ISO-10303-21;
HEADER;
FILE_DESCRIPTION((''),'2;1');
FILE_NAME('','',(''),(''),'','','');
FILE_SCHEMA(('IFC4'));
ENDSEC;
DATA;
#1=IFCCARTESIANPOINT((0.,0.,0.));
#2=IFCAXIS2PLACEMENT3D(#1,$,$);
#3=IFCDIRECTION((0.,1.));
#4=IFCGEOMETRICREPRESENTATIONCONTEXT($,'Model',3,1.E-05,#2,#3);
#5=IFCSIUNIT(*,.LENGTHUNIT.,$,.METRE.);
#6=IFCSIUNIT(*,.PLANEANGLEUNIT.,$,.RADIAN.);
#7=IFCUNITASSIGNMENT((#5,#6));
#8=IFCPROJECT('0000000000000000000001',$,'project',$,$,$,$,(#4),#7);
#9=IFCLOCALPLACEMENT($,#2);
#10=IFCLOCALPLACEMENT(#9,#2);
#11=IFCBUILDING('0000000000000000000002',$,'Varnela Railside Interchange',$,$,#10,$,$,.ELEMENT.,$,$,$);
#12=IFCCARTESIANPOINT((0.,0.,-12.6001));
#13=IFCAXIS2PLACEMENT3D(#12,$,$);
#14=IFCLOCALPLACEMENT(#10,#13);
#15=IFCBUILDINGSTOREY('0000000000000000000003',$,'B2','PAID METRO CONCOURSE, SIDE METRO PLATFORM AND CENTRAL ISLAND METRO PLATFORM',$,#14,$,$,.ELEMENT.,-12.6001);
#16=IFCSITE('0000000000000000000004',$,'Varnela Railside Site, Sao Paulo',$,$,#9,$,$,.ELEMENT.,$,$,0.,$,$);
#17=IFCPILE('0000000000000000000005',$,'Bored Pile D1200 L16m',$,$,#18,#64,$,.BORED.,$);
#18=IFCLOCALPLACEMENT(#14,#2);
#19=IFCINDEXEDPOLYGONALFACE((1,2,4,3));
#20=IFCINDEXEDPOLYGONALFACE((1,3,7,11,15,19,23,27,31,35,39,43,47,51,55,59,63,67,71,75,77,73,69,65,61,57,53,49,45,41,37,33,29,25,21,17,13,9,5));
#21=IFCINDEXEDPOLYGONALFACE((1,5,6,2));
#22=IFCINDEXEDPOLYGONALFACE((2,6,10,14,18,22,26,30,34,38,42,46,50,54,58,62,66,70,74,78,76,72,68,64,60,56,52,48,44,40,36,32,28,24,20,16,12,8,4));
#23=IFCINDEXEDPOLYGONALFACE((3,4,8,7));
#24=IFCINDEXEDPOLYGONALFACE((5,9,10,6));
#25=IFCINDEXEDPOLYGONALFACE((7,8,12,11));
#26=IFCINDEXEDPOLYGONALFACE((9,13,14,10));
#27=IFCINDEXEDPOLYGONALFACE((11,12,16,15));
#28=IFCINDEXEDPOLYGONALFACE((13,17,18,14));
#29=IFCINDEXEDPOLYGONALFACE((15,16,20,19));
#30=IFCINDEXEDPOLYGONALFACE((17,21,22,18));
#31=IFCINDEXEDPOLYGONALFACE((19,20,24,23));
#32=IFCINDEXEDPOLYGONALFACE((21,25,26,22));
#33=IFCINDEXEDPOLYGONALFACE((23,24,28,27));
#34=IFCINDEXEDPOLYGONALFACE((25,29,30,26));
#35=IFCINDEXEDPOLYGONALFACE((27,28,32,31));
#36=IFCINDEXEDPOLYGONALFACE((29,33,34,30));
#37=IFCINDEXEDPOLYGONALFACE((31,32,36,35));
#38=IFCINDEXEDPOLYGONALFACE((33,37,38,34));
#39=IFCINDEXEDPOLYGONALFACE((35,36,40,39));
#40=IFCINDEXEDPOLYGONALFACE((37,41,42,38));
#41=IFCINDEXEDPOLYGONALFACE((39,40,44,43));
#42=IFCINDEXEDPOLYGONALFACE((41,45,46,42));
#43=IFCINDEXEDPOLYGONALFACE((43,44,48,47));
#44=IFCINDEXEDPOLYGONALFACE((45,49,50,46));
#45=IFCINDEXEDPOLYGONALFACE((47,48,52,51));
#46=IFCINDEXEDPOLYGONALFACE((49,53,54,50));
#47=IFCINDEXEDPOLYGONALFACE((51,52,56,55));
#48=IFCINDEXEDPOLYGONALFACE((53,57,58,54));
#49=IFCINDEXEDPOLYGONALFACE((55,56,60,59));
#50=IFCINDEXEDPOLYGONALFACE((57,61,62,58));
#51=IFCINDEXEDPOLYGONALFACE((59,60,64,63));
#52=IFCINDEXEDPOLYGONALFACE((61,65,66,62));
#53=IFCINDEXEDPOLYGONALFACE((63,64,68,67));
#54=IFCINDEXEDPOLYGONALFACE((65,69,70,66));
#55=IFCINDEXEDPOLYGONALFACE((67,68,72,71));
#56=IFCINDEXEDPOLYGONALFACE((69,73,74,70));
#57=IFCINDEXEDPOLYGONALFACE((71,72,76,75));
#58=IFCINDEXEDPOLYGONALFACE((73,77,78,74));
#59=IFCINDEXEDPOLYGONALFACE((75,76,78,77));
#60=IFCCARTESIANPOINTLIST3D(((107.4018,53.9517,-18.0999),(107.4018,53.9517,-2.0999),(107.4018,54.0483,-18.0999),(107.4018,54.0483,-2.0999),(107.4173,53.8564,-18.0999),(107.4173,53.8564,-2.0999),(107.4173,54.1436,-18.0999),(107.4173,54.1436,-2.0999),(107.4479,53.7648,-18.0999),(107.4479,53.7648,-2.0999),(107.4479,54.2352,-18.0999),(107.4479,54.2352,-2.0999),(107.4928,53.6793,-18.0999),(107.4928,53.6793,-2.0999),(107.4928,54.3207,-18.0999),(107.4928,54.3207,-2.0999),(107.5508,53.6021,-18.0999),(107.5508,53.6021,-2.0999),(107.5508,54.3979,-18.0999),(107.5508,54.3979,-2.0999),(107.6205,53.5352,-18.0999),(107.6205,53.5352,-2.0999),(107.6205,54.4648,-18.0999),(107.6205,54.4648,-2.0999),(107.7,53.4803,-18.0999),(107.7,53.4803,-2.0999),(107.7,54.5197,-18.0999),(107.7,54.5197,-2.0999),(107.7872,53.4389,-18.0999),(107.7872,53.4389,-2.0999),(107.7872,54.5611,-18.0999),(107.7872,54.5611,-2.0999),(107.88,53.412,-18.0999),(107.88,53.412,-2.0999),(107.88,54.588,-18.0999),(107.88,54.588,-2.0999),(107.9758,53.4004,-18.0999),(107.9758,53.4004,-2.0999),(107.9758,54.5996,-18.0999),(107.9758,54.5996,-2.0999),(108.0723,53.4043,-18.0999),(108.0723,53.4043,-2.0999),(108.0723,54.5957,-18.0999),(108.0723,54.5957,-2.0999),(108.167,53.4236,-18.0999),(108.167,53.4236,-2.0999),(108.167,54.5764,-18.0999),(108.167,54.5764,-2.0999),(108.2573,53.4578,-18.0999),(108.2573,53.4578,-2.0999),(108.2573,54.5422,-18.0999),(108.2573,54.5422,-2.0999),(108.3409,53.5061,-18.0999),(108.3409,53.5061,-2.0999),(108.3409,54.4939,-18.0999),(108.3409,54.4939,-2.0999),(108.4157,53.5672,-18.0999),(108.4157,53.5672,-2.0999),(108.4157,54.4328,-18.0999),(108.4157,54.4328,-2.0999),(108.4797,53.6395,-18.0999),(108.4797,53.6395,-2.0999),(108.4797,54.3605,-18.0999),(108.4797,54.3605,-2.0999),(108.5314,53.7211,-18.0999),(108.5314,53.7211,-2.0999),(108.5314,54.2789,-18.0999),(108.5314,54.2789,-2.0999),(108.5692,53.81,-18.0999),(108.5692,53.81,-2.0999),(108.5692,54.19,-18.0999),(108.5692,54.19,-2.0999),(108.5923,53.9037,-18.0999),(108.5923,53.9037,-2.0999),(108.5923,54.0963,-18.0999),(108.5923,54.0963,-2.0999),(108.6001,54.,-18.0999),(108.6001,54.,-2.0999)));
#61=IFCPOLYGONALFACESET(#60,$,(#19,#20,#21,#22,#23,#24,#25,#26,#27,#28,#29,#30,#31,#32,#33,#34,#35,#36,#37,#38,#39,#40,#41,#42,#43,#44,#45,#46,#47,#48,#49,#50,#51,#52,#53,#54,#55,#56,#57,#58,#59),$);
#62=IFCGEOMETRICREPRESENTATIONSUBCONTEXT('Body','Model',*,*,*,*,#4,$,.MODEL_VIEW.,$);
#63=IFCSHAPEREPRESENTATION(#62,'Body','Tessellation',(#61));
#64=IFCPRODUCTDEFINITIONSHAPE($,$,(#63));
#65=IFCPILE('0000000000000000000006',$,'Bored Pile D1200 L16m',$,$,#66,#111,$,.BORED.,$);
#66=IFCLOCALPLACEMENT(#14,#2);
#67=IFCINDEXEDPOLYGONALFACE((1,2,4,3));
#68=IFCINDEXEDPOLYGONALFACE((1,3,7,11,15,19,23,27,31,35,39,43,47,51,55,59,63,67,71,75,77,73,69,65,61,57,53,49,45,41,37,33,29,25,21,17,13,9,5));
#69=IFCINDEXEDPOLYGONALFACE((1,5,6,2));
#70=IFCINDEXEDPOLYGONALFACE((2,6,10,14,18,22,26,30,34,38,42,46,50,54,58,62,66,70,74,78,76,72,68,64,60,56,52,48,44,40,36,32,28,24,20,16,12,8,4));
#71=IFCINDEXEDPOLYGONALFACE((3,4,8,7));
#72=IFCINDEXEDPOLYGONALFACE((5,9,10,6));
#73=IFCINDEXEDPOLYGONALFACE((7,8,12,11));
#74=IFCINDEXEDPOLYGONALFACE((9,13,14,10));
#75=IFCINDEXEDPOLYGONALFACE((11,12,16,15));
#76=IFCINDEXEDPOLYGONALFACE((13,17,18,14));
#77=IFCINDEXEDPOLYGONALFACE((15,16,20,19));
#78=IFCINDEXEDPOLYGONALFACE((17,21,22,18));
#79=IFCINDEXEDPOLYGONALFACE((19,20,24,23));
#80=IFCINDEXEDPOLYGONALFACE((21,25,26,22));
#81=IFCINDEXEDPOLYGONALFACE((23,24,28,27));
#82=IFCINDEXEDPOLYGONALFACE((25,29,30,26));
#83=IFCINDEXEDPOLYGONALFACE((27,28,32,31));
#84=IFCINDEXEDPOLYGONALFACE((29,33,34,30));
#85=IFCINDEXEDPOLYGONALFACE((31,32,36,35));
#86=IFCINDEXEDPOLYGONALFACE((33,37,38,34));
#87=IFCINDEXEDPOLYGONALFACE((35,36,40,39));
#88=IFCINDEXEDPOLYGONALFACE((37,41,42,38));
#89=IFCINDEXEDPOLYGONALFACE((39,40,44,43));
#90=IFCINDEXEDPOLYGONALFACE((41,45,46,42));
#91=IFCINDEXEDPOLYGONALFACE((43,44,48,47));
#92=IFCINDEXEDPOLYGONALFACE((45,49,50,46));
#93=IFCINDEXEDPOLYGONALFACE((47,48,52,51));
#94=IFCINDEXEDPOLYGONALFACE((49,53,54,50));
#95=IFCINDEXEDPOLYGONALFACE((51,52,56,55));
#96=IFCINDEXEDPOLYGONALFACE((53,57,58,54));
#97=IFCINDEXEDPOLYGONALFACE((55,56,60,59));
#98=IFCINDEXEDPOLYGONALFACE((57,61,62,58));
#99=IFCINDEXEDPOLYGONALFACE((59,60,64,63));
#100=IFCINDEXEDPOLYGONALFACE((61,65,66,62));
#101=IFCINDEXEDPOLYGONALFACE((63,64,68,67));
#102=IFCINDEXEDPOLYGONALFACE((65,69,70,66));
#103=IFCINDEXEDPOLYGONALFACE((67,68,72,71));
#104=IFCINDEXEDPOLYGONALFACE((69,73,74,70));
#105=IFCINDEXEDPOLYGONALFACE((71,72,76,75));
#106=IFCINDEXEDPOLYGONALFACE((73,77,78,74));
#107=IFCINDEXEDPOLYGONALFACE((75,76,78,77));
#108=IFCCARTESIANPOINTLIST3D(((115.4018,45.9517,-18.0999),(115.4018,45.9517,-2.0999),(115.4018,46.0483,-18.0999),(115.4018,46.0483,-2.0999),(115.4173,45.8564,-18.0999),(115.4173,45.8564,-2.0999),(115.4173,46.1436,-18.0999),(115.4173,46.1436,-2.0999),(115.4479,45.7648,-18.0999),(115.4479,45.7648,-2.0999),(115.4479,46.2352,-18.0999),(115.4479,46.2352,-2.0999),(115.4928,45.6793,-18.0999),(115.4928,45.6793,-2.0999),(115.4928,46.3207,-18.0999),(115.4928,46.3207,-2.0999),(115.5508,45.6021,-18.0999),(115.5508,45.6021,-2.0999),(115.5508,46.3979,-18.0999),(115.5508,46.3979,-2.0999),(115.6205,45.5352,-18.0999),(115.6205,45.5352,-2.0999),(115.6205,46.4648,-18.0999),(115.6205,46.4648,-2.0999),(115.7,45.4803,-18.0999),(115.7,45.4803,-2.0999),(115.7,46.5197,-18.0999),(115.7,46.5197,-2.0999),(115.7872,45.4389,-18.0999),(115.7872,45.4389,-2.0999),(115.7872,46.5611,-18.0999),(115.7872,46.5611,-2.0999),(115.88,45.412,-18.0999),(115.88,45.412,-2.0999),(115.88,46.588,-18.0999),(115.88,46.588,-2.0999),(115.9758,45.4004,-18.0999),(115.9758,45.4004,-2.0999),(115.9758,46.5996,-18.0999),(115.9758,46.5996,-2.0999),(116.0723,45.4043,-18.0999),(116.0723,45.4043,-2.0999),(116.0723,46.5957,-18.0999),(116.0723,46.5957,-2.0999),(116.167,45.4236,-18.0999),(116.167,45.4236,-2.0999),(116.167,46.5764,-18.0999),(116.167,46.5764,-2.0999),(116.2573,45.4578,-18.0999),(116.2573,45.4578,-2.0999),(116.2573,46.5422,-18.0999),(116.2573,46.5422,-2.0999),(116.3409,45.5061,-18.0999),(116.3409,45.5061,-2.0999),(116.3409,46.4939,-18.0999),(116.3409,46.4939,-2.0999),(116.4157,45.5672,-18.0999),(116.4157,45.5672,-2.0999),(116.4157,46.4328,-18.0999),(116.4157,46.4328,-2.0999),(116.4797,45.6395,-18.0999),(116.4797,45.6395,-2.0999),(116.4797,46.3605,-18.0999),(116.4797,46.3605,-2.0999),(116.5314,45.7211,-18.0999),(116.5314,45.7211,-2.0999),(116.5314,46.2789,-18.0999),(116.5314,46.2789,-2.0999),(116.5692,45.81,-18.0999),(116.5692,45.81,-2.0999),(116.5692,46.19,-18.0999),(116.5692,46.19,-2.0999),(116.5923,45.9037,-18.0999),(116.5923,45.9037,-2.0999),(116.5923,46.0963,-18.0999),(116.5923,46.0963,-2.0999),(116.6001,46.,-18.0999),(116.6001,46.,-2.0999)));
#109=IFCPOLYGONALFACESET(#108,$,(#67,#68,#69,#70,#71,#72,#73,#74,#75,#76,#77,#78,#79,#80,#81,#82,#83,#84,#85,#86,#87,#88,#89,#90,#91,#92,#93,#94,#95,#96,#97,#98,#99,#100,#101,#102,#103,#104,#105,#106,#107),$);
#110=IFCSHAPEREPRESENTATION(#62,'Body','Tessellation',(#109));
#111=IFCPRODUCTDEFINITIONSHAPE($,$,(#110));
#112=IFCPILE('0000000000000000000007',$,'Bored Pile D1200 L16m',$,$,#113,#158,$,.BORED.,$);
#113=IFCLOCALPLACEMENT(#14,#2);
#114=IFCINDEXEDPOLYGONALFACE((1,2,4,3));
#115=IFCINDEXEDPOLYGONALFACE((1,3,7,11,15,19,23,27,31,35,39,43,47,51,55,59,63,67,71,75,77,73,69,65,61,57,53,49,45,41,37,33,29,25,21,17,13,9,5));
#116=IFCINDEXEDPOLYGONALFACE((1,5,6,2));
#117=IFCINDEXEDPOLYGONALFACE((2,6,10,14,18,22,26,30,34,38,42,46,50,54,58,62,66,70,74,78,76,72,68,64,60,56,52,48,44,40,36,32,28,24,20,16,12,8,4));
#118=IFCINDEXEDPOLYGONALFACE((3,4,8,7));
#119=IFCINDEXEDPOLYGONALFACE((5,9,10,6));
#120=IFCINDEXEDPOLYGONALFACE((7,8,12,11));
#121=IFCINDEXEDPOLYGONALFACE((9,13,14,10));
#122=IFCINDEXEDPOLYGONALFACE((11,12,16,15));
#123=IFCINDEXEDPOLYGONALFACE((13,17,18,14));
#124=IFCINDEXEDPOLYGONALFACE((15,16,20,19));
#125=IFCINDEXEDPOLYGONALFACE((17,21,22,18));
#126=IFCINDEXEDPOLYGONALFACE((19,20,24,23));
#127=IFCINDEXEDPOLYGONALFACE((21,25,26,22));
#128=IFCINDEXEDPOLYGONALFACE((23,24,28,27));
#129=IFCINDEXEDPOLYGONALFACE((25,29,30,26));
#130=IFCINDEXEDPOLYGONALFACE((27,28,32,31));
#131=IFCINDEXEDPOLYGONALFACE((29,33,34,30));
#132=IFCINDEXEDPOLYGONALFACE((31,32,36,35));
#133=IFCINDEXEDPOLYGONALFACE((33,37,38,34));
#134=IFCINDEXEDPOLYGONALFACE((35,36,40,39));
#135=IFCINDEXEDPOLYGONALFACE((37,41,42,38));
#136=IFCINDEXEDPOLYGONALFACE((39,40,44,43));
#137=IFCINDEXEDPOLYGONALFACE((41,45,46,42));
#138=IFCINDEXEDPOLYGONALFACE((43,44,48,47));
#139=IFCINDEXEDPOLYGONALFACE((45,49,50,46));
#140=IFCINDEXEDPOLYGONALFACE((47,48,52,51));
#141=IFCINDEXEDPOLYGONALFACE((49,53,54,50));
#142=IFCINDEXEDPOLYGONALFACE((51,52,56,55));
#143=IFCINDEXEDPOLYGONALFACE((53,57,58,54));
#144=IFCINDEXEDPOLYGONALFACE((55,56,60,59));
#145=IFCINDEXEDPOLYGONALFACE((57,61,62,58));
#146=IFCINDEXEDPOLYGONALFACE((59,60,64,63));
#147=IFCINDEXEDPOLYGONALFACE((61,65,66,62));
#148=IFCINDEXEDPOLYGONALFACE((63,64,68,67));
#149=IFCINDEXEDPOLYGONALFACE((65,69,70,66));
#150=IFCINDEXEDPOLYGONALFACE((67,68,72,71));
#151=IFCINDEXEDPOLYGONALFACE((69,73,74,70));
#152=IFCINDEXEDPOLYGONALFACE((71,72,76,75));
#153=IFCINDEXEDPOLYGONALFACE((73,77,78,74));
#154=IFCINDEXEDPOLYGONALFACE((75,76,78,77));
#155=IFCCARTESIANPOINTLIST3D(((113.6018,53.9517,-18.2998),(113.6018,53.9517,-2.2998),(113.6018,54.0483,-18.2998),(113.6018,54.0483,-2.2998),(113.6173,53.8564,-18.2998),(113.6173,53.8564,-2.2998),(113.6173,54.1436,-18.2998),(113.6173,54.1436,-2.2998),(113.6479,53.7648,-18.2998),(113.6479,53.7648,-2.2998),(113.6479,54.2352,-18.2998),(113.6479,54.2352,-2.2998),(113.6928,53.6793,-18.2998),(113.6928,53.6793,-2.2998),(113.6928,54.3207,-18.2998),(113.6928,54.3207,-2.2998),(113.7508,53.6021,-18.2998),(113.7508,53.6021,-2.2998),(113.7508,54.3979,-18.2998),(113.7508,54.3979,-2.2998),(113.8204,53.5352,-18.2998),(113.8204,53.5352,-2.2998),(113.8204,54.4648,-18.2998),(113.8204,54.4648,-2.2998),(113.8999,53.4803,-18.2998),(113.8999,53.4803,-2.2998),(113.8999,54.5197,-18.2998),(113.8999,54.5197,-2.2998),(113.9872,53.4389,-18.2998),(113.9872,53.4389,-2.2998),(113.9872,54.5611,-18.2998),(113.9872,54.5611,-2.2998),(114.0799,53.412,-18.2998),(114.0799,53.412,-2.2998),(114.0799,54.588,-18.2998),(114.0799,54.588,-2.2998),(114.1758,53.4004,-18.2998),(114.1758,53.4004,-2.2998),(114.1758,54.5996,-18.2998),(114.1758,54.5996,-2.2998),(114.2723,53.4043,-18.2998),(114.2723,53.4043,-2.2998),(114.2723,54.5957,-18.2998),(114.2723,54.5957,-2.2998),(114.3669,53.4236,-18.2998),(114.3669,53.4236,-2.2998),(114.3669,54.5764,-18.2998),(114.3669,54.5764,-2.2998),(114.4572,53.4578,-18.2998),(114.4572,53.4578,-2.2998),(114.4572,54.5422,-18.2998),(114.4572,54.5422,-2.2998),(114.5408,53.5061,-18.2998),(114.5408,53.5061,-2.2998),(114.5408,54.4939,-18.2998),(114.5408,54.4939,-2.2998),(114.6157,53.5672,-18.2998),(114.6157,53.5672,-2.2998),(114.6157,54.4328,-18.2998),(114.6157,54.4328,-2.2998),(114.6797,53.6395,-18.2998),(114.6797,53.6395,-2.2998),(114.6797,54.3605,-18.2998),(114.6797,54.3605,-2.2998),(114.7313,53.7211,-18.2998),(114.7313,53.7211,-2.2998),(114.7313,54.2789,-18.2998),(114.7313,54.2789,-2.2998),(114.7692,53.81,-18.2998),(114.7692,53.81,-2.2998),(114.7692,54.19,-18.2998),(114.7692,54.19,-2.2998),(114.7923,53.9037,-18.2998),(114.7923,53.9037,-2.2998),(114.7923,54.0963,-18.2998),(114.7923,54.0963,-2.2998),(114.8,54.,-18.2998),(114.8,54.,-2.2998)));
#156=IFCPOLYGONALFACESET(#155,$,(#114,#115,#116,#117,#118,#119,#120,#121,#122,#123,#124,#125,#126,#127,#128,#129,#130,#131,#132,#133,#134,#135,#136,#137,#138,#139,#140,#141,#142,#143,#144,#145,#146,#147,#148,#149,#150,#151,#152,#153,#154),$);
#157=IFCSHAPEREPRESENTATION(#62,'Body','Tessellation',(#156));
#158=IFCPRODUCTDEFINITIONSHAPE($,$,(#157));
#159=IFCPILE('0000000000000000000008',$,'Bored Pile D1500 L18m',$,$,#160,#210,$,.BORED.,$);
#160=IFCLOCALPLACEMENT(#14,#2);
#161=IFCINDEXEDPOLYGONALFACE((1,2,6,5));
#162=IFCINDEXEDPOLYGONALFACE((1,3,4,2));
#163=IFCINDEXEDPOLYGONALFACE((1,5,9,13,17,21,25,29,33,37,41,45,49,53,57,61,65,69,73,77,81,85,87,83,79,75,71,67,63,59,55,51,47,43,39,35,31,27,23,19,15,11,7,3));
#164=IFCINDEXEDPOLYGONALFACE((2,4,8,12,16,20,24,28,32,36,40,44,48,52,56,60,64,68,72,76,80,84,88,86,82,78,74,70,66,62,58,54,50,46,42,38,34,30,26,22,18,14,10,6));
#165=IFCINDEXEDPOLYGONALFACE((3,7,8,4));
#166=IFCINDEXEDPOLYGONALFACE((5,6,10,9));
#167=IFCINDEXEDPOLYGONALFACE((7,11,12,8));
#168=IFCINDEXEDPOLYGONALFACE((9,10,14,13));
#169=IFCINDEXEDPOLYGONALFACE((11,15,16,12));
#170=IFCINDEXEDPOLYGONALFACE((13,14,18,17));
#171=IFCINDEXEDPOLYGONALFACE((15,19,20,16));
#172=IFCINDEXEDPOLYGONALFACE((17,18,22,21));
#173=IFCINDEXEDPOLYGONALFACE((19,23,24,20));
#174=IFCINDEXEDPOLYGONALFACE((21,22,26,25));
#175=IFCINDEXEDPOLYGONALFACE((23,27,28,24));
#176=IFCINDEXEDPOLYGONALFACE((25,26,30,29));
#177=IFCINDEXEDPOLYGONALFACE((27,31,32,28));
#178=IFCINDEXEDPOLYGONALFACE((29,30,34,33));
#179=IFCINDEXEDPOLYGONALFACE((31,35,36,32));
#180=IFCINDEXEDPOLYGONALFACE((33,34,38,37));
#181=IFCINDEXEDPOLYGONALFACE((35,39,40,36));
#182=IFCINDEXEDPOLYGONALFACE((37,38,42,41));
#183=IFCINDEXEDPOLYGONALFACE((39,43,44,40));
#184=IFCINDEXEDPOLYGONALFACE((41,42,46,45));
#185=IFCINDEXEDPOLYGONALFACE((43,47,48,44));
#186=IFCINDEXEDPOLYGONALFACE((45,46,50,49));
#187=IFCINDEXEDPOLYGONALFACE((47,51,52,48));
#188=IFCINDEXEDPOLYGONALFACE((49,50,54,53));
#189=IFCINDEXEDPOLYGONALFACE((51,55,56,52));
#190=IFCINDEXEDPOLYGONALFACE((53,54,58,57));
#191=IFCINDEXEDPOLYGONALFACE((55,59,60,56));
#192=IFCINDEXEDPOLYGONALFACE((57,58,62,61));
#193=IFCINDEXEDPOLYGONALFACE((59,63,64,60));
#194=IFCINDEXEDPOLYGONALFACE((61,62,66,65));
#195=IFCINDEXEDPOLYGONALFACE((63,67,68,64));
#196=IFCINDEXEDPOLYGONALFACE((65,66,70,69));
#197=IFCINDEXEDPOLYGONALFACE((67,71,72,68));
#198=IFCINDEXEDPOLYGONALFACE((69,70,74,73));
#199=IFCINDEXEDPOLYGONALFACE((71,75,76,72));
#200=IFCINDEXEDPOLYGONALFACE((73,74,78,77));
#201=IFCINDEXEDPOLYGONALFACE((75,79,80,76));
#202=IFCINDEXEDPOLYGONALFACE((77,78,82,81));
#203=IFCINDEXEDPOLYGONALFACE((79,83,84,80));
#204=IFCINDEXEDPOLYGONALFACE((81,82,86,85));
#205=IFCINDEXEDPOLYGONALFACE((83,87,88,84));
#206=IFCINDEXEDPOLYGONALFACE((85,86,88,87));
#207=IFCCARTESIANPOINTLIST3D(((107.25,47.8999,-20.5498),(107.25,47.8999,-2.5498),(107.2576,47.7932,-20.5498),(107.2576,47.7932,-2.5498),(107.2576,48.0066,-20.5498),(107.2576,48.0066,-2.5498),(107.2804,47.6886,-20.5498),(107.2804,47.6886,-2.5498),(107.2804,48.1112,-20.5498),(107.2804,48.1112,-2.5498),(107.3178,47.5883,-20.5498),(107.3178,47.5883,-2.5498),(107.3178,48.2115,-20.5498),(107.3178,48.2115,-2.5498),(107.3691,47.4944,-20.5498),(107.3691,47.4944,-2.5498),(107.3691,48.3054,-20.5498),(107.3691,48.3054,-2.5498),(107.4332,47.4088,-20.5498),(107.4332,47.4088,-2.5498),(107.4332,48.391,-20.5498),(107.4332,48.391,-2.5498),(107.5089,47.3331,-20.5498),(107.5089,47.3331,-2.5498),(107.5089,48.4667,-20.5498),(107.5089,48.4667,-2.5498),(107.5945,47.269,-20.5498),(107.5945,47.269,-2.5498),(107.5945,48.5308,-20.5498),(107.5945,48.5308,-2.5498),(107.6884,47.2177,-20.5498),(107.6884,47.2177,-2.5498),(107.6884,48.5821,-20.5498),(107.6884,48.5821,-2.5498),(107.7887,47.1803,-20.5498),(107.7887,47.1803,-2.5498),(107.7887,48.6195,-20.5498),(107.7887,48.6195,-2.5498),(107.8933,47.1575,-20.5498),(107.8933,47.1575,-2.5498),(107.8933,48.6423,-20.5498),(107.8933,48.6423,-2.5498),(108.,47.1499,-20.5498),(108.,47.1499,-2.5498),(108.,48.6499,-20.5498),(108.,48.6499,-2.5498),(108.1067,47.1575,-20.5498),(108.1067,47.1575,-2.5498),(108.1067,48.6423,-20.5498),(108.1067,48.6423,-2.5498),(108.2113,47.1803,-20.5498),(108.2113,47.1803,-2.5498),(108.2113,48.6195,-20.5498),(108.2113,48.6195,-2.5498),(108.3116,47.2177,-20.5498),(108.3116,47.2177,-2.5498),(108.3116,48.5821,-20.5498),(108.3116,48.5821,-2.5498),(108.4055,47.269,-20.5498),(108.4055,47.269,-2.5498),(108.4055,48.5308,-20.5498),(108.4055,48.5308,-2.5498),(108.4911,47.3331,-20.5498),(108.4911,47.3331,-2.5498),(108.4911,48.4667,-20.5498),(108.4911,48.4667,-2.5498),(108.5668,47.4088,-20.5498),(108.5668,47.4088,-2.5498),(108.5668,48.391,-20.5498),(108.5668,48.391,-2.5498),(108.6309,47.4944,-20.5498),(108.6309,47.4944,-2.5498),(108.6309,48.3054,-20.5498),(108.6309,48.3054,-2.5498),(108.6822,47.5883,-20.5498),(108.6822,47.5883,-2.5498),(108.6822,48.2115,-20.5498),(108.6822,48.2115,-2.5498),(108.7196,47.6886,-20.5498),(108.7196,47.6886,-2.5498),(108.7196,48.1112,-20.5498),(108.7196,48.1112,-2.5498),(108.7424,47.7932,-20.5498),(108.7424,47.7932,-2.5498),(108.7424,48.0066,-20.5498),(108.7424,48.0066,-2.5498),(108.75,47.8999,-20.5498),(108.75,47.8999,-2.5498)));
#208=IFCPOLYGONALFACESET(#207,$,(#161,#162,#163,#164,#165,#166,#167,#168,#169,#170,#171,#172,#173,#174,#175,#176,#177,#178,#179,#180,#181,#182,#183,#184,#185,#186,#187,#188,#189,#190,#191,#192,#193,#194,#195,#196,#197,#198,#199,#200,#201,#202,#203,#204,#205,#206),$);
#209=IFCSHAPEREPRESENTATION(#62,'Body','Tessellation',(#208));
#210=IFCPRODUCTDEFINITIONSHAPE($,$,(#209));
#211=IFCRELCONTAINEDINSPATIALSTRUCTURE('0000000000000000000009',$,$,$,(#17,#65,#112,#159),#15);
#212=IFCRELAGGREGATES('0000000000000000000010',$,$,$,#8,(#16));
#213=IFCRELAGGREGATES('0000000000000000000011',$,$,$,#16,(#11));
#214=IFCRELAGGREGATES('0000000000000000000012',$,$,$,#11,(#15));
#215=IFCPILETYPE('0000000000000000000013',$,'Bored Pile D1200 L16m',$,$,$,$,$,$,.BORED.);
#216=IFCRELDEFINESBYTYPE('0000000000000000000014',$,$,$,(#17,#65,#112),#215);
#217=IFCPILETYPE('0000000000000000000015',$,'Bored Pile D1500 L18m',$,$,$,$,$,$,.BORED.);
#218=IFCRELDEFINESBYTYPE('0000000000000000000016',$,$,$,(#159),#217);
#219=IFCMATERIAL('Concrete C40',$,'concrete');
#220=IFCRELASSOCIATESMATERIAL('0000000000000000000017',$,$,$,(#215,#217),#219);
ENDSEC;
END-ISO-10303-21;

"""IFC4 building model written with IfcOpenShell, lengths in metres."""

from ifc_helpers import new_model, si_unit, direction, frame, origin, origin_2d, place, context, subcontext, project, spatial, circle, extrude, material, material_profile, profile_set, type_object, element, save


model = new_model("IFC4")

# Units and contexts
model_context = context("Model", 3, precision=1e-05, world=origin(), true_north=direction((0.0, 1.0)))
body_context = subcontext(model_context, "Body", "Model", "MODEL_VIEW")
ifc_project = project(units=[si_unit("LENGTHUNIT", "METRE"), si_unit("PLANEANGLEUNIT", "RADIAN")], contexts=[model_context])

# Site, building, storey
site_placement = place(None, origin())
site = spatial("IfcSite", under=ifc_project, at=site_placement, Name="Varnela Railside Site, Sao Paulo", CompositionType="ELEMENT", RefElevation=0.0)
building_placement = place(site_placement, origin())
building = spatial("IfcBuilding", under=site, at=building_placement, Name="Varnela Railside Interchange", CompositionType="ELEMENT")
storey_placement = place(building_placement, frame((0.0, 0.0, -12.6001)))
storey = spatial("IfcBuildingStorey", under=building, at=storey_placement, Name="B2", Description="PAID METRO CONCOURSE, SIDE METRO PLATFORM AND CENTRAL ISLAND METRO PLATFORM", CompositionType="ELEMENT", Elevation=-12.6001)

# Piles
ifc_material_1 = material(Name="Concrete C40", Category="concrete")
ifc_material_profile_1 = material_profile(ifc_material_1, circle(Radius=0.6001, at=origin_2d()), Name="BORED PILE D1200")
ifc_profile_set_1 = profile_set([ifc_material_profile_1], Name="Concrete C40")
pile_type_1 = type_object("IfcPileType", Name="Bored Pile D1200 L16m", PredefinedType="BORED", material=ifc_profile_set_1)
for number, where, z_axis, x_axis, name in (
    (1, (108.0, 54.0, -2.0999), (0.0, 0.0, -1.0), (1.0, 0.0, 0.0), "Bored Pile D1200 L16m"),
    (2, (116.0, 46.0, -2.0999), (0.0, 0.0, -1.0), (1.0, 0.0, 0.0), "Bored Pile D1200 L16m"),
    (3, (114.2, 54.0, -2.2998), (0.0, 0.0, -1.0), (1.0, 0.0, 0.0), "Bored Pile D1200 L16m"),
):
    element("IfcPile", number, at=place(storey_placement, frame(where, z_axis=z_axis, x_axis=x_axis)), inside=storey, type_object=pile_type_1, Name=name, PredefinedType="BORED", context=body_context, shape_type="SweptSolid", body=[
        extrude(circle(Radius=0.6001, at=origin_2d()), origin(), (0.0, 0.0, 1.0), 16.0),
    ])
ifc_material_profile_2 = material_profile(ifc_material_1, circle(Radius=0.75, at=origin_2d()), Name="BORED PILE D1500")
ifc_profile_set_2 = profile_set([ifc_material_profile_2], Name="Concrete C40")
pile_type_2 = type_object("IfcPileType", Name="Bored Pile D1500 L18m", PredefinedType="BORED", material=ifc_profile_set_2)
pile_placement = place(storey_placement, frame((108.0, 47.8999, -2.5498), z_axis=(0.0, 0.0, -1.0), x_axis=(1.0, 0.0, 0.0)))
element("IfcPile", 4, at=pile_placement, inside=storey, type_object=pile_type_2, Name="Bored Pile D1500 L18m", PredefinedType="BORED", context=body_context, shape_type="SweptSolid", body=[
    extrude(circle(Radius=0.75, at=origin_2d()), origin(), (0.0, 0.0, 1.0), 18.0),
])

save(model, "model.ifc")
